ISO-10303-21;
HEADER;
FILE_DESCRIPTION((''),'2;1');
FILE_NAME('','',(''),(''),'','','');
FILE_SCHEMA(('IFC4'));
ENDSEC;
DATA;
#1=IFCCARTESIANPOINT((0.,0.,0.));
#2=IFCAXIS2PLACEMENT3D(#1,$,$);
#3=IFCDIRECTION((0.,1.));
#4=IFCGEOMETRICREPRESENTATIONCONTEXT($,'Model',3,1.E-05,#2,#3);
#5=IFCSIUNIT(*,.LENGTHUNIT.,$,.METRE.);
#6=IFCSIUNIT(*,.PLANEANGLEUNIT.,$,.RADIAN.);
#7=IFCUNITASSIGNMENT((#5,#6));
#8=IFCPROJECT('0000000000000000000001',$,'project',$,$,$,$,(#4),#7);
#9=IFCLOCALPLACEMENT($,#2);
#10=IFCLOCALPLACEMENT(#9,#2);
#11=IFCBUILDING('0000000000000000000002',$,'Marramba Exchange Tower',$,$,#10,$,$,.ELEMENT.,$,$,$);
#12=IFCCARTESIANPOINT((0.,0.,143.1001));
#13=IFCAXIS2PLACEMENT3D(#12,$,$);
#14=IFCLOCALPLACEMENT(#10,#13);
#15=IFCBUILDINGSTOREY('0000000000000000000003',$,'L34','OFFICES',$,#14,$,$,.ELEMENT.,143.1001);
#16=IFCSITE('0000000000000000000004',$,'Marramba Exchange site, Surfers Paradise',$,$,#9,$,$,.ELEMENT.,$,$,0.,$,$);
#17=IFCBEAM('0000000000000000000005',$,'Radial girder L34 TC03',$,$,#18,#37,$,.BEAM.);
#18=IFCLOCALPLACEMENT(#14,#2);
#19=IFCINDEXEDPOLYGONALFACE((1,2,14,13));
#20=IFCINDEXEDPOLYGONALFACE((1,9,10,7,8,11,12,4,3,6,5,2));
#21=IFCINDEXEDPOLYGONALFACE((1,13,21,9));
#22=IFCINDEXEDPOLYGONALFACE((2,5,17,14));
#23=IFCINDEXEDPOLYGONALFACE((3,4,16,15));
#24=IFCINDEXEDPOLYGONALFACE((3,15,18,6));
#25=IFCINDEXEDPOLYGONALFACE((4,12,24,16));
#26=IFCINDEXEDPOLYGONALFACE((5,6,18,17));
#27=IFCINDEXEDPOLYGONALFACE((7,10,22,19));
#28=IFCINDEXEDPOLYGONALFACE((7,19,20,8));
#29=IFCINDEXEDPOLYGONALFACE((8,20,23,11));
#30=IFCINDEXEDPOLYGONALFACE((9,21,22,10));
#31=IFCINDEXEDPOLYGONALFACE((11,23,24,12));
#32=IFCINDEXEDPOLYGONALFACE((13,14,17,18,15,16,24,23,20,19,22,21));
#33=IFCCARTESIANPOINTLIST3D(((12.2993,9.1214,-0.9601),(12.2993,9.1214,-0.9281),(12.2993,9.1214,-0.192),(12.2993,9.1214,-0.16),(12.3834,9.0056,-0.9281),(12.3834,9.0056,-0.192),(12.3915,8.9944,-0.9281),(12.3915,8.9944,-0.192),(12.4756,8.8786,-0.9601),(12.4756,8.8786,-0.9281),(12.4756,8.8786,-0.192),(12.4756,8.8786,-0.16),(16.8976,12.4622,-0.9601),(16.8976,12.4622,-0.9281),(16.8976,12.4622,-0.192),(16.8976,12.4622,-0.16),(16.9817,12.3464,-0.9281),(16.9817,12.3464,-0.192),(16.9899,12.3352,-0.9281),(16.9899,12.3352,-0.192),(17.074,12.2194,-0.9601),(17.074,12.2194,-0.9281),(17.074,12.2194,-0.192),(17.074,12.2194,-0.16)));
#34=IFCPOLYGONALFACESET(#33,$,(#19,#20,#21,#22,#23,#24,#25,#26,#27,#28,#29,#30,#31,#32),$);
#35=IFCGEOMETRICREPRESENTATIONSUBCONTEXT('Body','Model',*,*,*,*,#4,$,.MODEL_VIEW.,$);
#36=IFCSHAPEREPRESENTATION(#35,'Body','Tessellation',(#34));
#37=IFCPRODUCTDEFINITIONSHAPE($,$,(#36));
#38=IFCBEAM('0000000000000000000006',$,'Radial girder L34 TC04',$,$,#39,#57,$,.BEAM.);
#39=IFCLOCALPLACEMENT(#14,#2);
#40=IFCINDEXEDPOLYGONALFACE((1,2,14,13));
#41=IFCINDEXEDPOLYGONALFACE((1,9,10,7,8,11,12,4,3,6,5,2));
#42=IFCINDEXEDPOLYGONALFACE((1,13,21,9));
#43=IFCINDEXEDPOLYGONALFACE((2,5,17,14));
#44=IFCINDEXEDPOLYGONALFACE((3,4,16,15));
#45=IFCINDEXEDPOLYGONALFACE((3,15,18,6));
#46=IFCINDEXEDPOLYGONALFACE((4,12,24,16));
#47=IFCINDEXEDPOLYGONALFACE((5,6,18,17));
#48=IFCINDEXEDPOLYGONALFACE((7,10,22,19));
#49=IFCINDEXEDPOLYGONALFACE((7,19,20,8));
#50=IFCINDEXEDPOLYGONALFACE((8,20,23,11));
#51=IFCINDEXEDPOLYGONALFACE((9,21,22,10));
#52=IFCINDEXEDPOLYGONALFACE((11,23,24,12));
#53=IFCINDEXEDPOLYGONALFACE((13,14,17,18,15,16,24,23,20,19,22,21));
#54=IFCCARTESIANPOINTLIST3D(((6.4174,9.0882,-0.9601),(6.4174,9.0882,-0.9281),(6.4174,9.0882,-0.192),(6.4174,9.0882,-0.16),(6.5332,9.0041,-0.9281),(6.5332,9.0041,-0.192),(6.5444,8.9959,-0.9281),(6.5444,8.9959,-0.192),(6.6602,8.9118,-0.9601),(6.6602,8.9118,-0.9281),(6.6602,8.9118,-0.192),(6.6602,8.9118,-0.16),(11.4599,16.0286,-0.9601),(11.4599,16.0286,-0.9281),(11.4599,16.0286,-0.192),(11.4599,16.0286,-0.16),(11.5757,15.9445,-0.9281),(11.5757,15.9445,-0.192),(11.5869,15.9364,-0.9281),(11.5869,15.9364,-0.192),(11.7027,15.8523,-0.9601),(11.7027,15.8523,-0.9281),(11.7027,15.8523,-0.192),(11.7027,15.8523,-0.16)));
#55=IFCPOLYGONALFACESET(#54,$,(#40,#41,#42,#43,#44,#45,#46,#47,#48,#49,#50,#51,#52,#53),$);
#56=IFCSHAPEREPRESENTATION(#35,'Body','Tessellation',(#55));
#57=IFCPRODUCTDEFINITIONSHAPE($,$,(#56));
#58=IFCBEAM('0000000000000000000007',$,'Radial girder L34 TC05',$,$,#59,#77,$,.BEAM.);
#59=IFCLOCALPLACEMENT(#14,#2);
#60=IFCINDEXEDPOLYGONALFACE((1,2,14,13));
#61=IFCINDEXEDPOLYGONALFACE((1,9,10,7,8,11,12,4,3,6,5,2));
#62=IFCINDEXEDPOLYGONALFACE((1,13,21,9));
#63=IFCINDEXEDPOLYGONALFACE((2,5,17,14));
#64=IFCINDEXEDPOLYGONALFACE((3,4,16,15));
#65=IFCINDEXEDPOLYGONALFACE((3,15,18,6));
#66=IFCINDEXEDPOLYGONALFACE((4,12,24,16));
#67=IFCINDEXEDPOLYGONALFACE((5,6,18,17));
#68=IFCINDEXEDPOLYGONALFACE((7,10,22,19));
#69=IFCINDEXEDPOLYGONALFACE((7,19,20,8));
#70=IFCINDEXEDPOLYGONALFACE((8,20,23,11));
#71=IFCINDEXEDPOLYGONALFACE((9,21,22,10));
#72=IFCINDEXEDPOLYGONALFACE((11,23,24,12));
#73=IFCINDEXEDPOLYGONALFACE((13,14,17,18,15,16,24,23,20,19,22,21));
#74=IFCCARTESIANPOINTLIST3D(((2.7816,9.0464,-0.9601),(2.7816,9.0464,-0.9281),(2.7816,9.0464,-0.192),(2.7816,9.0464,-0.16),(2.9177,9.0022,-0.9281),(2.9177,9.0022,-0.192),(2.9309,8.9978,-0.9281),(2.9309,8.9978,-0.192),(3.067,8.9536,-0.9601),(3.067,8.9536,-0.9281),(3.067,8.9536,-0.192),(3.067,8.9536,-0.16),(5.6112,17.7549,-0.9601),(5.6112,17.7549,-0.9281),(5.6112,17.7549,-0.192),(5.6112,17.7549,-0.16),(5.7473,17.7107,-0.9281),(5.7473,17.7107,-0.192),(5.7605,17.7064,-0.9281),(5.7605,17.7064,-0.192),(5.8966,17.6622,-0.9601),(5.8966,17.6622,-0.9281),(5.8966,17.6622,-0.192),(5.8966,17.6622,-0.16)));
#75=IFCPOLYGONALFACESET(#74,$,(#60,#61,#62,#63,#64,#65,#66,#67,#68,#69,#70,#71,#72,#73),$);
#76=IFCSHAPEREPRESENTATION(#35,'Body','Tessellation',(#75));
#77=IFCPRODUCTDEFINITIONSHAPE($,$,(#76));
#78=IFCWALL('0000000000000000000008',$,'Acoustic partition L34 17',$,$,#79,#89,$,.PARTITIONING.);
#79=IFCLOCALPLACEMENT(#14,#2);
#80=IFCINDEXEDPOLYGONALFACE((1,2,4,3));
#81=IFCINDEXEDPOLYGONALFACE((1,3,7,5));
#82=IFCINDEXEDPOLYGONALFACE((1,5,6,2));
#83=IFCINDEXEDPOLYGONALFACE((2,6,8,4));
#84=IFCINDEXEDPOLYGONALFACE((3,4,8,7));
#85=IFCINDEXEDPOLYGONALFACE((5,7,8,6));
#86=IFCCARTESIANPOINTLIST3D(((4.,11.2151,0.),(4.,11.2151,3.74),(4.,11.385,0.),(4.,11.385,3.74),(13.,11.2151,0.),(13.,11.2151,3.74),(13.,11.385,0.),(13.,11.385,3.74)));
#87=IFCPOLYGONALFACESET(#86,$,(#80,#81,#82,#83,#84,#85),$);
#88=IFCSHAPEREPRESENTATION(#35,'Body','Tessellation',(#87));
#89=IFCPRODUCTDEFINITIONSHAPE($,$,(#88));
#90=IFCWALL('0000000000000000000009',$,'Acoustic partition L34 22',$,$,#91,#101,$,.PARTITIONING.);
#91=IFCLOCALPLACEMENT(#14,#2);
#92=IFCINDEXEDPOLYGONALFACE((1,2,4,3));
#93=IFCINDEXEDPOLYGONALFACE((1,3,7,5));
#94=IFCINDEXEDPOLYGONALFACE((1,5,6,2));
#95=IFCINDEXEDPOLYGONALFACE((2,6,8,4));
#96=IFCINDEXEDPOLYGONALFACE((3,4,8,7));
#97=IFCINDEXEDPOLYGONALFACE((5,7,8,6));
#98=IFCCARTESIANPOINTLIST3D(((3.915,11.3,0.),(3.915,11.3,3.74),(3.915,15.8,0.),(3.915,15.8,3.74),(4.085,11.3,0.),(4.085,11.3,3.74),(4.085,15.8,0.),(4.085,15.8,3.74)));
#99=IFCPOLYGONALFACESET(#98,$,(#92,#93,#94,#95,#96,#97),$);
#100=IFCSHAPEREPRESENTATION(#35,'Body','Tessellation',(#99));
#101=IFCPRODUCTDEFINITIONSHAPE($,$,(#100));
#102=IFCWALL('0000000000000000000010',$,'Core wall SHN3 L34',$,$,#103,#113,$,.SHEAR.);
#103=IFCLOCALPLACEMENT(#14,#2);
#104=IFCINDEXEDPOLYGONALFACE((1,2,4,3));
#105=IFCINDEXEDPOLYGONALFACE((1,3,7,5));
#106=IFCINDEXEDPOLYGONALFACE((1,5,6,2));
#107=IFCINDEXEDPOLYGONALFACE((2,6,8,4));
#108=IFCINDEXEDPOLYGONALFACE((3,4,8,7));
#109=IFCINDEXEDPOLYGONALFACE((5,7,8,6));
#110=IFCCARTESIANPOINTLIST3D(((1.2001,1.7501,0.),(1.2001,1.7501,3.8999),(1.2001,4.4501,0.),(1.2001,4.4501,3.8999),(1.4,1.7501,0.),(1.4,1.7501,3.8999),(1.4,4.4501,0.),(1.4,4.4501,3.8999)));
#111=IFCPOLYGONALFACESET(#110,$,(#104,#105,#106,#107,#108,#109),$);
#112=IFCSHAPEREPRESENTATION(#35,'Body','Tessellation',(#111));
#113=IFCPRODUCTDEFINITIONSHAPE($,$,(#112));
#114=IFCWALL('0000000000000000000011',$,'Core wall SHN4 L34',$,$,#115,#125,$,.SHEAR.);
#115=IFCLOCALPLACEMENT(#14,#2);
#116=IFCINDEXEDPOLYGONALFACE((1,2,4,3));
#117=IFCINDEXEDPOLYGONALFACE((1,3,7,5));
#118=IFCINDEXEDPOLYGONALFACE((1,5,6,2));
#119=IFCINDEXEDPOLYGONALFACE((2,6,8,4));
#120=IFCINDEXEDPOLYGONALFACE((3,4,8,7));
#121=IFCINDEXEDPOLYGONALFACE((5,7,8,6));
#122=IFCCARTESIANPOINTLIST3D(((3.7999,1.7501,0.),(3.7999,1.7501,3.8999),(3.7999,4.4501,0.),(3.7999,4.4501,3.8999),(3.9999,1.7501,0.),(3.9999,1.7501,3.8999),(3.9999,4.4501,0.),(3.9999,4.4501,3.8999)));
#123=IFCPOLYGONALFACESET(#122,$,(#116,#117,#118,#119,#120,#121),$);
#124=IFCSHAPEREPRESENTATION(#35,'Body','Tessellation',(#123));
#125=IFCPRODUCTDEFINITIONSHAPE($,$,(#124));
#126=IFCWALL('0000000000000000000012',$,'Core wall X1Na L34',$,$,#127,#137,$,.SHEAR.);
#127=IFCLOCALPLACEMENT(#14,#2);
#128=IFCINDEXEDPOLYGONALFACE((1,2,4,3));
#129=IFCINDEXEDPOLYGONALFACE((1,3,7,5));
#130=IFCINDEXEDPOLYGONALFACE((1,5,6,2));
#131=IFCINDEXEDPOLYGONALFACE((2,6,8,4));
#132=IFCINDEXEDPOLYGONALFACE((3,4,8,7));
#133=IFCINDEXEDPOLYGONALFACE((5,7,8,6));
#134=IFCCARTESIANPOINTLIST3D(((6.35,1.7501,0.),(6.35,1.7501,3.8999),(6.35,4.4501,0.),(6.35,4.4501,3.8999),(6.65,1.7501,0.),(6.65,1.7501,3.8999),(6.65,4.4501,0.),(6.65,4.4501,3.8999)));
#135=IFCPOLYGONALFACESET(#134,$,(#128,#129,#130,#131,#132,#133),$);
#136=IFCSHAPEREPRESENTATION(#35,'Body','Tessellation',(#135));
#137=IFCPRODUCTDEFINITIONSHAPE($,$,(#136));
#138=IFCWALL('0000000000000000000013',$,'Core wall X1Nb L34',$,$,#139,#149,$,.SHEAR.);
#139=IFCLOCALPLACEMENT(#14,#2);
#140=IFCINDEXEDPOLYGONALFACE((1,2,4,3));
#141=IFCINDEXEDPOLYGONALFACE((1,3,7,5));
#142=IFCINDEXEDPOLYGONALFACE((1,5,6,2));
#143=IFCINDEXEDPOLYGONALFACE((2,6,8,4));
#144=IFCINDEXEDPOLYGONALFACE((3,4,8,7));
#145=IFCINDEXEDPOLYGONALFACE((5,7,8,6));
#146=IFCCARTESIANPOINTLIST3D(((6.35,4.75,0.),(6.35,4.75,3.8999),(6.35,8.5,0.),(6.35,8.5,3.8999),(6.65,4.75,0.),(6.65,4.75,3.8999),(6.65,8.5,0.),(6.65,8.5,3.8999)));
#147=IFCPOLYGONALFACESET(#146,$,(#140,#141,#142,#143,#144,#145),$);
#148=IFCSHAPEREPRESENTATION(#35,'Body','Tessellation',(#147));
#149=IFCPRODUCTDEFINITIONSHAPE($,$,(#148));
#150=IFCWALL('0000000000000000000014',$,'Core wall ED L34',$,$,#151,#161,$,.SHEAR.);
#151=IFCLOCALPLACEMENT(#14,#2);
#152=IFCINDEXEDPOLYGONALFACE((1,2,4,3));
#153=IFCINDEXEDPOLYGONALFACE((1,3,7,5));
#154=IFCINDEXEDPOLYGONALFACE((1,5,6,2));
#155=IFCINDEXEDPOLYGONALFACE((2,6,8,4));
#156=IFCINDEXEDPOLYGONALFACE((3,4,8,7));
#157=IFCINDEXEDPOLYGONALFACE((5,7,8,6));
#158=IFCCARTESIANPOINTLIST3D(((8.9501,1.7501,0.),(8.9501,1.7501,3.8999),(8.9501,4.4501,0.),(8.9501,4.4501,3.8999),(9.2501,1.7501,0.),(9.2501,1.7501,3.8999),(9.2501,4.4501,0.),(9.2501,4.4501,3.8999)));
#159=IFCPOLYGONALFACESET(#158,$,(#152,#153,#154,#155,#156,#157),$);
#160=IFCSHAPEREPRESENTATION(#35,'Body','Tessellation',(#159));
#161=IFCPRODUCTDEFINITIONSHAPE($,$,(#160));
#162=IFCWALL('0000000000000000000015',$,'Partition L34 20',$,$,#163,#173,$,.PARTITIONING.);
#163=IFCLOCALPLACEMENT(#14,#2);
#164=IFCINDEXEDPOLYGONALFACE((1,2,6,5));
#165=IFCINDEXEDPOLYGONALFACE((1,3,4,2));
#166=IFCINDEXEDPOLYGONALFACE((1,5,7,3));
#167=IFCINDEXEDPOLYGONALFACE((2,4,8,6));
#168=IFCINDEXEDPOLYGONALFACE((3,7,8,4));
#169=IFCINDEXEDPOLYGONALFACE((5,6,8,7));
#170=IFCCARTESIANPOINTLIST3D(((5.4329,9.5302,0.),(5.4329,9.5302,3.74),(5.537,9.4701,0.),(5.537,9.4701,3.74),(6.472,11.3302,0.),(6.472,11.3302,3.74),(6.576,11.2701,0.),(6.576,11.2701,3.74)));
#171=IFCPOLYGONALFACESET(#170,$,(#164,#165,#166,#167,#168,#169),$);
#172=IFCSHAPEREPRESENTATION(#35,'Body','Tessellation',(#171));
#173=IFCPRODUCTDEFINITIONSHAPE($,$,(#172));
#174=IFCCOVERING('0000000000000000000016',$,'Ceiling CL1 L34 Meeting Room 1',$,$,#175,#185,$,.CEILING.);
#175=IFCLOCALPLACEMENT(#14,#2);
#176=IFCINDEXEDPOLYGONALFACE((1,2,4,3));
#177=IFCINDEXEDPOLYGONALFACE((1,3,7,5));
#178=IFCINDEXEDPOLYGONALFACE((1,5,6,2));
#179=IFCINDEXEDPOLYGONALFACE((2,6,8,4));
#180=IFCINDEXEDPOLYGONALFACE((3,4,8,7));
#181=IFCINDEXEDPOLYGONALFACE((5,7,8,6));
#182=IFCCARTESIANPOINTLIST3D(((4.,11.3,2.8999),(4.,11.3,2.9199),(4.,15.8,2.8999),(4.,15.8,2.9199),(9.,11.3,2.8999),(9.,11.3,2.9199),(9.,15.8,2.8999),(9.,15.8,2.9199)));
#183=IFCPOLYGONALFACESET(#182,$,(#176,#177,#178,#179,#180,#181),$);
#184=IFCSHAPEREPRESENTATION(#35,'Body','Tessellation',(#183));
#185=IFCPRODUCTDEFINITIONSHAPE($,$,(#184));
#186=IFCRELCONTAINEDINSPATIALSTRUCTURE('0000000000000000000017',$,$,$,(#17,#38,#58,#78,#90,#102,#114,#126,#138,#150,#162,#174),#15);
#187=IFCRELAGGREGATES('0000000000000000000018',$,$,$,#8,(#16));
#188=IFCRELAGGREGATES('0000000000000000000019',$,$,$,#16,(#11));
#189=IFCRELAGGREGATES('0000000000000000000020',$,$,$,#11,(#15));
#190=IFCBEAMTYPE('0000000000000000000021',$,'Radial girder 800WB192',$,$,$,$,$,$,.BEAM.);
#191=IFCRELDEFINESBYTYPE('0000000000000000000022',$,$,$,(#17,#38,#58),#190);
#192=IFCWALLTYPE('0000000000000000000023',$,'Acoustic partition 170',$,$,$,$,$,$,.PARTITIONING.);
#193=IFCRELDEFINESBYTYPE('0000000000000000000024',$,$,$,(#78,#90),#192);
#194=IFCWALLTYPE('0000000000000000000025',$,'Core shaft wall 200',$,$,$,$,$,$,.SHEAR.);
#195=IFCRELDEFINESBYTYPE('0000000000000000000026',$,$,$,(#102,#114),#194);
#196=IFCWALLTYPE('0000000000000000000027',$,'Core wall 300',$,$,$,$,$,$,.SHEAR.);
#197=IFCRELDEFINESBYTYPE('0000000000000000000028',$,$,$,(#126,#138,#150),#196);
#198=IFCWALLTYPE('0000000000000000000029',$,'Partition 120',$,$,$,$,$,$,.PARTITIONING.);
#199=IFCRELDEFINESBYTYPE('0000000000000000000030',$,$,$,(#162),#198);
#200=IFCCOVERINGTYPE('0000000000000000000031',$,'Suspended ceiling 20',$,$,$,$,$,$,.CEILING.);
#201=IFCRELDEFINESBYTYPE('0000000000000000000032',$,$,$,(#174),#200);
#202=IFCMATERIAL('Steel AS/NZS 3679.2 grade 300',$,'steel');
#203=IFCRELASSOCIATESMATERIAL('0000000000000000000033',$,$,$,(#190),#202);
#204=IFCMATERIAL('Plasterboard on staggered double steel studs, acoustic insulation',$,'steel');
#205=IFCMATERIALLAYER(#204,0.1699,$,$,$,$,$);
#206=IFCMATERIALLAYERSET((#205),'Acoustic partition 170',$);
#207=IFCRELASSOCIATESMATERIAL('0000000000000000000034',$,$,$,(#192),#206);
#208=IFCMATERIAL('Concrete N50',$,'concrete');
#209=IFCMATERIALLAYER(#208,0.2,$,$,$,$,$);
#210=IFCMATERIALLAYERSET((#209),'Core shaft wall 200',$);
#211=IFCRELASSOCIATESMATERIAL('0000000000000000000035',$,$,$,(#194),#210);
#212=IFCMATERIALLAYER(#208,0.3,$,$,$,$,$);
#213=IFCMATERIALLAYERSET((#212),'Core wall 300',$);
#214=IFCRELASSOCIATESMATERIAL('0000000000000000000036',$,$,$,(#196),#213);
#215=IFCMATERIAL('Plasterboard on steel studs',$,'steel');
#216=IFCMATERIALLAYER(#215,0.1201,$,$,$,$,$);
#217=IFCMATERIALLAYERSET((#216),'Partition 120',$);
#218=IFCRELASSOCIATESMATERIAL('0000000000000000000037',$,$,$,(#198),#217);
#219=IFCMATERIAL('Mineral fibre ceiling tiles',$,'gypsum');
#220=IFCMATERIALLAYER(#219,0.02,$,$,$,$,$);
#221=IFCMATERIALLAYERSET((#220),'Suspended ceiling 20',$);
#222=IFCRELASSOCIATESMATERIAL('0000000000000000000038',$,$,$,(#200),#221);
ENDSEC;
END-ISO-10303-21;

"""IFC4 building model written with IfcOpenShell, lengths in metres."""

from ifc_helpers import new_model, si_unit, direction, frame, frame_2d, origin, origin_2d, place, context, subcontext, project, spatial, polyline, rectangle, i_section, outline, extrude, material, layer, layer_set, material_profile, profile_set, type_object, element, save


model = new_model("IFC4")

# Units and contexts
model_context = context("Model", 3, precision=1e-05, world=origin(), true_north=direction((0.0, 1.0)))
body_context = subcontext(model_context, "Body", "Model", "MODEL_VIEW")
ifc_project = project(units=[si_unit("LENGTHUNIT", "METRE"), si_unit("PLANEANGLEUNIT", "RADIAN")], contexts=[model_context])

# Site, building, storey
site_placement = place(None, origin())
site = spatial("IfcSite", under=ifc_project, at=site_placement, Name="Marramba Exchange site, Surfers Paradise", CompositionType="ELEMENT", RefElevation=0.0)
building_placement = place(site_placement, origin())
building = spatial("IfcBuilding", under=site, at=building_placement, Name="Marramba Exchange Tower", CompositionType="ELEMENT")
storey_placement = place(building_placement, frame((0.0, 0.0, 143.1001)))
storey = spatial("IfcBuildingStorey", under=building, at=storey_placement, Name="L34", Description="OFFICES", CompositionType="ELEMENT", Elevation=143.1001)

# Beams
ifc_material_1 = material(Name="Steel AS/NZS 3679.2 grade 300", Category="steel")
ifc_material_profile_1 = material_profile(ifc_material_1, i_section(OverallWidth=0.3, OverallDepth=0.8, WebThickness=0.0139, FlangeThickness=0.032, at=origin_2d()), Name="800WB192")
ifc_profile_set_1 = profile_set([ifc_material_profile_1], Name="Steel AS/NZS 3679.2 grade 300")
beam_type_1 = type_object("IfcBeamType", Name="Radial girder 800WB192", PredefinedType="BEAM", material=ifc_profile_set_1)
beam_1_placement = place(storey_placement, frame((12.3875, 9.0, -0.5601), z_axis=(0.809026, 0.587773, 0.0), x_axis=(-0.587773, 0.809026, 0.0)))
element("IfcBeam", 1, at=beam_1_placement, inside=storey, type_object=beam_type_1, Name="Radial girder L34 TC03", PredefinedType="BEAM", context=body_context, shape_type="SweptSolid", body=[
    extrude(i_section(OverallWidth=0.3, OverallDepth=0.8, WebThickness=0.0139, FlangeThickness=0.032, at=origin_2d()), origin(), (0.0, 0.0, 1.0), 5.6838),
])
beam_2_placement = place(storey_placement, frame((6.5388, 9.0, -0.5601), z_axis=(0.587782, 0.809019, 0.0), x_axis=(-0.809019, 0.587782, 0.0)))
element("IfcBeam", 2, at=beam_2_placement, inside=storey, type_object=beam_type_1, Name="Radial girder L34 TC04", PredefinedType="BEAM", context=body_context, shape_type="SweptSolid", body=[
    extrude(i_section(OverallWidth=0.3, OverallDepth=0.8, WebThickness=0.0139, FlangeThickness=0.032, at=origin_2d()), origin(), (0.0, 0.0, 1.0), 8.5789),
])
beam_3_placement = place(storey_placement, frame((2.9243, 9.0, -0.5601), z_axis=(0.30902, 0.951056, 0.0), x_axis=(-0.951056, 0.30902, 0.0)))
element("IfcBeam", 3, at=beam_3_placement, inside=storey, type_object=beam_type_1, Name="Radial girder L34 TC05", PredefinedType="BEAM", context=body_context, shape_type="SweptSolid", body=[
    extrude(i_section(OverallWidth=0.3, OverallDepth=0.8, WebThickness=0.0139, FlangeThickness=0.032, at=origin_2d()), origin(), (0.0, 0.0, 1.0), 9.1567),
])

# Shared definitions
ifc_material_2 = material(Name="Plasterboard on staggered double steel studs, acoustic insulation", Category="steel")
ifc_layer_1 = layer(ifc_material_2, 0.1699)
ifc_layer_set_1 = layer_set([ifc_layer_1], Name="Acoustic partition 170")
wall_type_1 = type_object("IfcWallType", Name="Acoustic partition 170", PredefinedType="PARTITIONING", material=ifc_layer_set_1)

# Walls
wall_1_placement = place(storey_placement, frame((4.0, 11.3, 0.0), z_axis=(0.0, 0.0, 1.0), x_axis=(1.0, 0.0, 0.0)))
element("IfcWall", 4, at=wall_1_placement, inside=storey, type_object=wall_type_1, Name="Acoustic partition L34 17", PredefinedType="PARTITIONING", context=body_context, shape_type="SweptSolid", body=[
    extrude(rectangle(XDim=9.0, YDim=0.1699, at=frame_2d((4.5, 0.0))), origin(), (0.0, 0.0, 1.0), 3.74),
])
wall_2_placement = place(storey_placement, frame((4.0, 15.8, 0.0), z_axis=(0.0, 0.0, 1.0), x_axis=(0.0, -1.0, 0.0)))
element("IfcWall", 5, at=wall_2_placement, inside=storey, type_object=wall_type_1, Name="Acoustic partition L34 22", PredefinedType="PARTITIONING", context=body_context, shape_type="SweptSolid", body=[
    extrude(rectangle(XDim=4.5, YDim=0.1699, at=frame_2d((2.25, 0.0))), origin(), (0.0, 0.0, 1.0), 3.74),
])
ifc_material_3 = material(Name="Concrete N50", Category="concrete")
ifc_layer_2 = layer(ifc_material_3, 0.2)
ifc_layer_set_2 = layer_set([ifc_layer_2], Name="Core shaft wall 200")
wall_type_2 = type_object("IfcWallType", Name="Core shaft wall 200", PredefinedType="SHEAR", material=ifc_layer_set_2)
for number, where, z_axis, x_axis, name in (
    (6, (1.3, 1.75, 0.0), (0.0, 0.0, 1.0), (0.0, 1.0, 0.0), "Core wall SHN3 L34"),
    (7, (3.8999, 1.75, 0.0), (0.0, 0.0, 1.0), (0.0, 1.0, 0.0), "Core wall SHN4 L34"),
):
    element("IfcWall", number, at=place(storey_placement, frame(where, z_axis=z_axis, x_axis=x_axis)), inside=storey, type_object=wall_type_2, Name=name, PredefinedType="SHEAR", context=body_context, shape_type="SweptSolid", body=[
        extrude(rectangle(XDim=2.7, YDim=0.2, at=frame_2d((1.3501, 0.0))), origin(), (0.0, 0.0, 1.0), 3.8999),
    ])
ifc_layer_3 = layer(ifc_material_3, 0.3)
ifc_layer_set_3 = layer_set([ifc_layer_3], Name="Core wall 300")
wall_type_3 = type_object("IfcWallType", Name="Core wall 300", PredefinedType="SHEAR", material=ifc_layer_set_3)
wall_3_placement = place(storey_placement, frame((6.5, 1.75, 0.0), z_axis=(0.0, 0.0, 1.0), x_axis=(0.0, 1.0, 0.0)))
element("IfcWall", 8, at=wall_3_placement, inside=storey, type_object=wall_type_3, Name="Core wall X1Na L34", PredefinedType="SHEAR", context=body_context, shape_type="SweptSolid", body=[
    extrude(rectangle(XDim=2.7, YDim=0.3, at=frame_2d((1.3501, 0.0))), origin(), (0.0, 0.0, 1.0), 3.8999),
])
wall_4_placement = place(storey_placement, frame((6.5, 4.75, 0.0), z_axis=(0.0, 0.0, 1.0), x_axis=(0.0, 1.0, 0.0)))
element("IfcWall", 9, at=wall_4_placement, inside=storey, type_object=wall_type_3, Name="Core wall X1Nb L34", PredefinedType="SHEAR", context=body_context, shape_type="SweptSolid", body=[
    extrude(rectangle(XDim=3.75, YDim=0.3, at=frame_2d((1.875, 0.0))), origin(), (0.0, 0.0, 1.0), 3.8999),
])
wall_5_placement = place(storey_placement, frame((9.1001, 1.75, 0.0), z_axis=(0.0, 0.0, 1.0), x_axis=(0.0, 1.0, 0.0)))
element("IfcWall", 10, at=wall_5_placement, inside=storey, type_object=wall_type_3, Name="Core wall ED L34", PredefinedType="SHEAR", context=body_context, shape_type="SweptSolid", body=[
    extrude(rectangle(XDim=2.7, YDim=0.3, at=frame_2d((1.3501, 0.0))), origin(), (0.0, 0.0, 1.0), 3.8999),
])
ifc_material_4 = material(Name="Plasterboard on steel studs", Category="steel")
ifc_layer_4 = layer(ifc_material_4, 0.1201)
ifc_layer_set_4 = layer_set([ifc_layer_4], Name="Partition 120")
wall_type_4 = type_object("IfcWallType", Name="Partition 120", PredefinedType="PARTITIONING", material=ifc_layer_set_4)
wall_6_placement = place(storey_placement, frame((6.5239, 11.3, 0.0), z_axis=(0.0, 0.0, 1.0), x_axis=(-0.499929, -0.866066, 0.0)))
element("IfcWall", 11, at=wall_6_placement, inside=storey, type_object=wall_type_4, Name="Partition L34 20", PredefinedType="PARTITIONING", context=body_context, shape_type="SweptSolid", body=[
    extrude(rectangle(XDim=2.0784, YDim=0.1201, at=frame_2d((1.0391, 0.0))), origin(), (0.0, 0.0, 1.0), 3.74),
])

# Covering
ifc_material_5 = material(Name="Mineral fibre ceiling tiles", Category="gypsum")
ifc_layer_5 = layer(ifc_material_5, 0.02)
ifc_layer_set_5 = layer_set([ifc_layer_5], Name="Suspended ceiling 20")
covering_type = type_object("IfcCoveringType", Name="Suspended ceiling 20", PredefinedType="CEILING", material=ifc_layer_set_5)
covering_1_placement = place(storey_placement, frame((0.0, 0.0, 2.8999)))
element("IfcCovering", 12, at=covering_1_placement, inside=storey, type_object=covering_type, Name="Ceiling CL1 L34 Meeting Room 1", PredefinedType="CEILING", context=body_context, shape_type="SweptSolid", body=[
    extrude(outline(polyline([(9.0, 15.8), (9.0, 11.3), (4.0, 11.3), (4.0, 15.8), (9.0, 15.8)])), origin(), (0.0, 0.0, 1.0), 0.02),
])

save(model, "model.ifc")
